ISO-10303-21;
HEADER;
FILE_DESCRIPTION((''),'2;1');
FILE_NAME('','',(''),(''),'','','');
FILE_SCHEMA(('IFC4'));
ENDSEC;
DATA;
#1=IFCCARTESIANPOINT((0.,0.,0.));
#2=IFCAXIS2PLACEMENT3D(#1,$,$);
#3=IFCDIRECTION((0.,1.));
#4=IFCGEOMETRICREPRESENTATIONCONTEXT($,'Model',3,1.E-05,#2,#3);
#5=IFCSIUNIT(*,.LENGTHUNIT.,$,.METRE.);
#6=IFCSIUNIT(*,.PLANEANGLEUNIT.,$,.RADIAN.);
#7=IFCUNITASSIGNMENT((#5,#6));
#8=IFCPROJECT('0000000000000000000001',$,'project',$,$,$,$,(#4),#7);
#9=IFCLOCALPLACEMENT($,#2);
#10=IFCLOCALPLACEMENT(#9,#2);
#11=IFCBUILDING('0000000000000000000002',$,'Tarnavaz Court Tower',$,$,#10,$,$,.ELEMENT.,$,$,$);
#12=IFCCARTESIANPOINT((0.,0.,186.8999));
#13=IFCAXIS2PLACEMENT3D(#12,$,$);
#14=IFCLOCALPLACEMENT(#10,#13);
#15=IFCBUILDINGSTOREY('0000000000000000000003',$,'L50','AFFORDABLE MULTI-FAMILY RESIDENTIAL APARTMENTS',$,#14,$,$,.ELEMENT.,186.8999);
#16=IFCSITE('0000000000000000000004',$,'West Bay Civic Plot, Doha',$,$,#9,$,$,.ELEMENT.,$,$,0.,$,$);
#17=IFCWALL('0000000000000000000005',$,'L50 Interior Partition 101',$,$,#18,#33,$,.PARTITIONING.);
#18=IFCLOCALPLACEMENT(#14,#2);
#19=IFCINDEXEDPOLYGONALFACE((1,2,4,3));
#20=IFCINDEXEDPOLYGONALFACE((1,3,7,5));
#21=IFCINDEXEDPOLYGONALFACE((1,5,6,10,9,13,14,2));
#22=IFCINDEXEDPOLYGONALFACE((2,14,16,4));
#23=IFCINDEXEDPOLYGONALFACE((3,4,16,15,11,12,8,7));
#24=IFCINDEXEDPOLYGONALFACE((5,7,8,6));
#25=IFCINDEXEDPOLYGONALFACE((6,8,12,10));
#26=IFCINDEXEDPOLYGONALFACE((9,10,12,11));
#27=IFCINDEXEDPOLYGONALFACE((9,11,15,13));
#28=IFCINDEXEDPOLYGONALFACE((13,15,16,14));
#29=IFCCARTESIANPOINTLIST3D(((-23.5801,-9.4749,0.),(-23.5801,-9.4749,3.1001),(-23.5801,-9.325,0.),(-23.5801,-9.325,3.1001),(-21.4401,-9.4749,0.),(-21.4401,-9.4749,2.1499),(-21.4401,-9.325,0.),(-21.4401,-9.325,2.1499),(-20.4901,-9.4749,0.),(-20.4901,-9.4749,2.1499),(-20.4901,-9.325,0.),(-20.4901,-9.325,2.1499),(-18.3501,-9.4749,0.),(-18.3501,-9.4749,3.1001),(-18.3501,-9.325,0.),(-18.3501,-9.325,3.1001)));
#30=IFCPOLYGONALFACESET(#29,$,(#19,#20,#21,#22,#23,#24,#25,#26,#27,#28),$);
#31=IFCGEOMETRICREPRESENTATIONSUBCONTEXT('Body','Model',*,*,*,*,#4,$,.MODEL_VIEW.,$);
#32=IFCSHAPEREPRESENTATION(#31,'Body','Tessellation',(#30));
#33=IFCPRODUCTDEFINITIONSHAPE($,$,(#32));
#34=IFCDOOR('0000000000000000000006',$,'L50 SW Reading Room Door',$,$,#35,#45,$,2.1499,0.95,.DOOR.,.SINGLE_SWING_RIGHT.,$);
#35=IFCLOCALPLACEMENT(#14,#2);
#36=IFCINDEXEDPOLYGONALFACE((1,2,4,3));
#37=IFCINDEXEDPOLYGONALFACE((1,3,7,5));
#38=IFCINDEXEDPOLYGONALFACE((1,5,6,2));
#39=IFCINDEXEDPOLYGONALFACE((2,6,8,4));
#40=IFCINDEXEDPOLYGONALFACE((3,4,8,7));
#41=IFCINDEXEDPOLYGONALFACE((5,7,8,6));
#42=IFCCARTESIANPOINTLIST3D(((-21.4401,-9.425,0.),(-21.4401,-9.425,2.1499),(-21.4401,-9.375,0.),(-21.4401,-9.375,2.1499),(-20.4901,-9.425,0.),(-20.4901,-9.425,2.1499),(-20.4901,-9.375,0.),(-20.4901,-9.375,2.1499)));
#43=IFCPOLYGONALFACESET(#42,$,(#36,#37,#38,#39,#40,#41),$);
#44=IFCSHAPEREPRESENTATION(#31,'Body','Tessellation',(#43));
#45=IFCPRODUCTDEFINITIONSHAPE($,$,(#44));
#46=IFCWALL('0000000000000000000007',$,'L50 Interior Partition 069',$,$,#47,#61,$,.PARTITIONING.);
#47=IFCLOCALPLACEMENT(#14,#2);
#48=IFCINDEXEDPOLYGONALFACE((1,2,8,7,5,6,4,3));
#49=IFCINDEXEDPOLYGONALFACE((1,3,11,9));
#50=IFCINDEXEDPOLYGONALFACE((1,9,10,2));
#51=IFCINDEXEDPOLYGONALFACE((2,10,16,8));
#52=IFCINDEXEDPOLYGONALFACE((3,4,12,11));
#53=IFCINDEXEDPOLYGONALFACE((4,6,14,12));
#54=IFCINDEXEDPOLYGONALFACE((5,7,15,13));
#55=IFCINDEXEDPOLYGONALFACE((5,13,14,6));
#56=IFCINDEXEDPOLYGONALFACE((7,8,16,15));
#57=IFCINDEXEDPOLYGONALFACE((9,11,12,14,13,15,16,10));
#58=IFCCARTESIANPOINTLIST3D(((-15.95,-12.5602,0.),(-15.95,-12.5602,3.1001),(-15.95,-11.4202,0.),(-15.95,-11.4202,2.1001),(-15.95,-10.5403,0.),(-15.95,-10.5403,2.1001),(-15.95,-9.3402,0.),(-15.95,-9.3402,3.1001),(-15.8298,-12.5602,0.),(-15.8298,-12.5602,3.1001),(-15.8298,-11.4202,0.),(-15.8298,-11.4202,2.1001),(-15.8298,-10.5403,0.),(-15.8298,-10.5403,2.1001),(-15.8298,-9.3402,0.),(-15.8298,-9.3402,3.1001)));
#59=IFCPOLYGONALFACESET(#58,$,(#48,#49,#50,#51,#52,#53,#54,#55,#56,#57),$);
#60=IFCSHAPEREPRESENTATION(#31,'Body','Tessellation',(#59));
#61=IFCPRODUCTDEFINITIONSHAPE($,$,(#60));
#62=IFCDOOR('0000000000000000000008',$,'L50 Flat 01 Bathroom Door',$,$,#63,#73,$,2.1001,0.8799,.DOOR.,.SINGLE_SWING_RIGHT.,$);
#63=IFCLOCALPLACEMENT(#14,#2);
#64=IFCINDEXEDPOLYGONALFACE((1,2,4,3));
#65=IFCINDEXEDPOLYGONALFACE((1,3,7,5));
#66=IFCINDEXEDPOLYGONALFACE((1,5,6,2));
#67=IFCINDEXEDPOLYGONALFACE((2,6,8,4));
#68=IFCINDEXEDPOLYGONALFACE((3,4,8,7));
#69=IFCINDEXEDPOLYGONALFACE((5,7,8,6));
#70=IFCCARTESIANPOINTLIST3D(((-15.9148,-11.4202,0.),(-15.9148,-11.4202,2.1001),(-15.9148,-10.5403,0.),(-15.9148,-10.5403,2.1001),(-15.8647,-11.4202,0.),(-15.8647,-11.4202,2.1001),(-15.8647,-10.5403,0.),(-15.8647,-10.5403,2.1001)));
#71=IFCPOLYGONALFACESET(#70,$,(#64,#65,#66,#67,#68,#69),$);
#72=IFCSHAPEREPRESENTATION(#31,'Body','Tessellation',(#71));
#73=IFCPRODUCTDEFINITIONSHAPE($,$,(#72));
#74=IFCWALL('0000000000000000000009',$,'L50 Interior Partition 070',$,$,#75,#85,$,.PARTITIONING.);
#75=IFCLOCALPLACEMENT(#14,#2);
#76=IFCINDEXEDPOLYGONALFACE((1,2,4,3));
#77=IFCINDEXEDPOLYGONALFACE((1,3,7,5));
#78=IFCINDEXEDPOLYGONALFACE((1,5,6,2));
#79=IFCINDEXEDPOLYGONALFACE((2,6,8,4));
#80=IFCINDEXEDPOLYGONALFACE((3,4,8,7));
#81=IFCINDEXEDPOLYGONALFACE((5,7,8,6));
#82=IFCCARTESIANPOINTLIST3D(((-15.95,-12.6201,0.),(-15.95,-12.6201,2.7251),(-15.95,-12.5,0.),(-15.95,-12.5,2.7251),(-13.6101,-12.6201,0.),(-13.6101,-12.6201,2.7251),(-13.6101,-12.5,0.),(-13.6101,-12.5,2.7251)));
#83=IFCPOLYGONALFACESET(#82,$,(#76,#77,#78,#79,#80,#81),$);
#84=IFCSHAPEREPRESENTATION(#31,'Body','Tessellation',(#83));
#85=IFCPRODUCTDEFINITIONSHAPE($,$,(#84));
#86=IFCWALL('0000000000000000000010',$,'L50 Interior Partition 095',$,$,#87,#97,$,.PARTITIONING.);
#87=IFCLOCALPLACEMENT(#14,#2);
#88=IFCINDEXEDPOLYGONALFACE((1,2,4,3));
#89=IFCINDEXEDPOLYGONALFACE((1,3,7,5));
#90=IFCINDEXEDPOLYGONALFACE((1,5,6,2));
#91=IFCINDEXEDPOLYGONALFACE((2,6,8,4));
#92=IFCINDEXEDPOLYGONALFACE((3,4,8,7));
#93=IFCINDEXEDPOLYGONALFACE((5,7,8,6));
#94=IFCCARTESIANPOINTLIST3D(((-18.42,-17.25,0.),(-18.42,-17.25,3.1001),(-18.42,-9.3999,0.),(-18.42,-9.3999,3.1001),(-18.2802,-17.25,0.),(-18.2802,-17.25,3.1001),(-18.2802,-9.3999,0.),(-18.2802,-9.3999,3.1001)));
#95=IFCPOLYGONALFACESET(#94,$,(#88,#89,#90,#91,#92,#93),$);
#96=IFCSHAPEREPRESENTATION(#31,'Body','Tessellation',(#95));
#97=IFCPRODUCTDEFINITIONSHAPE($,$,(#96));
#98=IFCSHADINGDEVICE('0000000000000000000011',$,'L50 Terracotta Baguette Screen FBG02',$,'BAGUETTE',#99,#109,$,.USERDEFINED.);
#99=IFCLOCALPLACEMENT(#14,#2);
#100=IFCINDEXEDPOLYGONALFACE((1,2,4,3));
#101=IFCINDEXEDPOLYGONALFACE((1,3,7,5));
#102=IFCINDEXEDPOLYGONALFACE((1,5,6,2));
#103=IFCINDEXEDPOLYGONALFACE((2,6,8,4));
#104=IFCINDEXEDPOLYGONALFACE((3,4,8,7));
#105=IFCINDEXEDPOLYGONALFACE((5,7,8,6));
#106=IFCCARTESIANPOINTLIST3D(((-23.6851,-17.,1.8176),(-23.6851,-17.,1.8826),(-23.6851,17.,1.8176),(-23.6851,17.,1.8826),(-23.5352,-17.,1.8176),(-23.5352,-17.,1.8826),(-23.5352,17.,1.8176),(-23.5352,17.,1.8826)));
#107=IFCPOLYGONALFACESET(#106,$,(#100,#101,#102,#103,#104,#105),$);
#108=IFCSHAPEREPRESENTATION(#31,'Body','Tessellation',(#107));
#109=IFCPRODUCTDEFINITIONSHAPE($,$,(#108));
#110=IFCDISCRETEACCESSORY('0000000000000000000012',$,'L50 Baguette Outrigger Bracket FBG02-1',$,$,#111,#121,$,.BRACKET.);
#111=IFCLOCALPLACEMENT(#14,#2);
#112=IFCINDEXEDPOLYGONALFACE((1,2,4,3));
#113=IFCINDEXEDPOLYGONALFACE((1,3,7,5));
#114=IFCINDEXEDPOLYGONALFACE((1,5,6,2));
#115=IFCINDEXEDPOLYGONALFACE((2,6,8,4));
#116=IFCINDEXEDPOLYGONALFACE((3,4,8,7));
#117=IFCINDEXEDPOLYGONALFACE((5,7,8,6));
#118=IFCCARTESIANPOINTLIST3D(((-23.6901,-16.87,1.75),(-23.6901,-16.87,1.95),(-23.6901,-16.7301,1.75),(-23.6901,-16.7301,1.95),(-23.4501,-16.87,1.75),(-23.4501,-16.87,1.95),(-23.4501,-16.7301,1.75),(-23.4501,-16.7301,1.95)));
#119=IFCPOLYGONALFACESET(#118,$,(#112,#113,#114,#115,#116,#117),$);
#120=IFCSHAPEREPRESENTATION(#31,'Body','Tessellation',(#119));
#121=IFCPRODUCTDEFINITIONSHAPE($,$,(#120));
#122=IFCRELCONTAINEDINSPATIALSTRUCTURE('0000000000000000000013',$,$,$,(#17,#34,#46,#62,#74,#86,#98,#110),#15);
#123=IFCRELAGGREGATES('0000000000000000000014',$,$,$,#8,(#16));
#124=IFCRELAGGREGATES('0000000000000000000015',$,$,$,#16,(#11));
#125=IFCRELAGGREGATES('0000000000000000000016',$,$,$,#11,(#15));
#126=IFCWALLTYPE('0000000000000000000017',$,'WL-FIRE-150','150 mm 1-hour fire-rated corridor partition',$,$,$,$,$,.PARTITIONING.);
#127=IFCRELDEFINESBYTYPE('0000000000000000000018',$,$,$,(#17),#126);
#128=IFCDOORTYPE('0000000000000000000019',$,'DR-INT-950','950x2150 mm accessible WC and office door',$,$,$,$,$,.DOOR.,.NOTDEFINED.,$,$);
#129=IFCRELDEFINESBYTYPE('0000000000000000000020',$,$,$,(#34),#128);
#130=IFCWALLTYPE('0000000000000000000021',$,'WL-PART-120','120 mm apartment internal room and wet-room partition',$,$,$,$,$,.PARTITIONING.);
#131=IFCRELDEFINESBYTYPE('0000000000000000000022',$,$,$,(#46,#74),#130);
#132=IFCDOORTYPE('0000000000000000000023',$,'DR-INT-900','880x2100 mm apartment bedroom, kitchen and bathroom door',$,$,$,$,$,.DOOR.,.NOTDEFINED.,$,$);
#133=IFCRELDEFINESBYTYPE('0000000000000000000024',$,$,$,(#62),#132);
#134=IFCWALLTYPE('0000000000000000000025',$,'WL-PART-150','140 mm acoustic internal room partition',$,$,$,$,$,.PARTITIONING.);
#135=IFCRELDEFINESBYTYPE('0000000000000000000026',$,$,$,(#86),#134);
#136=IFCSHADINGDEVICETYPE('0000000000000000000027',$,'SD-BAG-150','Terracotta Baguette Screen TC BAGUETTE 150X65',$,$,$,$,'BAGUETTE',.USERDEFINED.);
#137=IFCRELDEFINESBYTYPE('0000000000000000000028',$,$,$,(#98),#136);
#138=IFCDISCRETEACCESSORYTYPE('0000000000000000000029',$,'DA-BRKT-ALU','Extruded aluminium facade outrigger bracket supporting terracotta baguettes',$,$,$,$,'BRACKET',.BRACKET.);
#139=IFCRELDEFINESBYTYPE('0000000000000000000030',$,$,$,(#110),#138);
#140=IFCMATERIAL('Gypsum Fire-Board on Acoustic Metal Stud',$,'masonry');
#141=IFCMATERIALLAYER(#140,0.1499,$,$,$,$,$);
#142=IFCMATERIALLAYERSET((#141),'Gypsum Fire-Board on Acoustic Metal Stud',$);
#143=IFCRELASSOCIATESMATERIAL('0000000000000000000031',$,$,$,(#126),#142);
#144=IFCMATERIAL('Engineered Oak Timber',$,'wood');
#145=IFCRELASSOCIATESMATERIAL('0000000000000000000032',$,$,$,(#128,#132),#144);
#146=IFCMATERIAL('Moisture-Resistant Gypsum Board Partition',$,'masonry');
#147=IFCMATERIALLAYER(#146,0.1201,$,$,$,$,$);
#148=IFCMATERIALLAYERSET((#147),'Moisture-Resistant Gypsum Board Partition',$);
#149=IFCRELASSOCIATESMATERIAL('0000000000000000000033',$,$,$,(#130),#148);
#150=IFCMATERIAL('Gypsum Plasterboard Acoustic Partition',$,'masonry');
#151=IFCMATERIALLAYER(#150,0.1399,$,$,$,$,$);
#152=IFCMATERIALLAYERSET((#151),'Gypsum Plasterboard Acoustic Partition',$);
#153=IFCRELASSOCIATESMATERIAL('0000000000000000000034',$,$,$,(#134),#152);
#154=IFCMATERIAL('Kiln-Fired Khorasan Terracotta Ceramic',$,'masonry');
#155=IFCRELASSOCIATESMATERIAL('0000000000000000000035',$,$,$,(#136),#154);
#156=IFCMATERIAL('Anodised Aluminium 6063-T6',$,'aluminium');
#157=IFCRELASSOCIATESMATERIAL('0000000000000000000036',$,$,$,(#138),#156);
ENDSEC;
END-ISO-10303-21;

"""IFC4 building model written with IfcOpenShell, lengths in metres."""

from ifc_helpers import new_model, si_unit, direction, frame, frame_2d, origin, origin_2d, place, context, subcontext, project, spatial, rectangle, extrude, material, layer, layer_set, material_profile, profile_set, type_object, element, fill, save


model = new_model("IFC4")

# Units and contexts
model_context = context("Model", 3, precision=1e-05, world=origin(), true_north=direction((0.0, 1.0)))
body_context = subcontext(model_context, "Body", "Model", "MODEL_VIEW")
ifc_project = project(units=[si_unit("LENGTHUNIT", "METRE"), si_unit("PLANEANGLEUNIT", "RADIAN")], contexts=[model_context])

# Site, building, storey
site_placement = place(None, origin())
site = spatial("IfcSite", under=ifc_project, at=site_placement, Name="West Bay Civic Plot, Doha", CompositionType="ELEMENT", RefElevation=0.0)
building_placement = place(site_placement, origin())
building = spatial("IfcBuilding", under=site, at=building_placement, Name="Tarnavaz Court Tower", CompositionType="ELEMENT")
storey_placement = place(building_placement, frame((0.0, 0.0, 186.8999)))
storey = spatial("IfcBuildingStorey", under=building, at=storey_placement, Name="L50", Description="AFFORDABLE MULTI-FAMILY RESIDENTIAL APARTMENTS", CompositionType="ELEMENT", Elevation=186.8999)

# Shared definitions
ifc_material_1 = material(Name="Gypsum Fire-Board on Acoustic Metal Stud", Category="masonry")
ifc_layer_1 = layer(ifc_material_1, 0.1499)
ifc_layer_set_1 = layer_set([ifc_layer_1], Name="Gypsum Fire-Board on Acoustic Metal Stud")
wall_type_1 = type_object("IfcWallType", Name="WL-FIRE-150", Description="150 mm 1-hour fire-rated corridor partition", PredefinedType="PARTITIONING", material=ifc_layer_set_1)

# Walls, openings, doors
wall_1_placement = place(storey_placement, frame((-23.5801, -9.3999, 0.0), z_axis=(0.0, 0.0, 1.0), x_axis=(1.0, 0.0, 0.0)))
wall_1 = element("IfcWall", 1, at=wall_1_placement, inside=storey, type_object=wall_type_1, Name="L50 Interior Partition 101", PredefinedType="PARTITIONING", context=body_context, shape_type="SweptSolid", body=[
    extrude(rectangle(XDim=5.23, YDim=0.1499, at=frame_2d((2.615, 0.0))), origin(), (0.0, 0.0, 1.0), 3.1001),
])
opening_1_placement = place(wall_1_placement, frame((2.1399, 0.0, 0.0)))
opening_1 = element("IfcOpeningElement", 2, at=opening_1_placement, cuts=wall_1, PredefinedType="OPENING", context=body_context, shape_type="SweptSolid", body=[
    extrude(rectangle(XDim=0.95, YDim=2.1499, at=frame_2d((0.4751, 1.075))), frame((0.0, 0.085, 0.0), z_axis=(0.0, -1.0, 0.0), x_axis=(1.0, 0.0, 0.0)), (0.0, 0.0, 1.0), 0.1699),
])
ifc_material_2 = material(Name="Engineered Oak Timber", Category="wood")
door_type_1 = type_object("IfcDoorType", Name="DR-INT-950", Description="950x2150 mm accessible WC and office door", OperationType="NOTDEFINED", PredefinedType="DOOR", material=ifc_material_2)
door_1_placement = place(opening_1_placement, origin())
door_1 = element("IfcDoor", 3, at=door_1_placement, inside=storey, type_object=door_type_1, Name="L50 SW Reading Room Door", OperationType="SINGLE_SWING_RIGHT", OverallHeight=2.1499, OverallWidth=0.95, PredefinedType="DOOR", context=body_context, shape_type="SweptSolid", body=[
    extrude(rectangle(XDim=0.95, YDim=2.1499, at=frame_2d((0.4751, 1.075))), frame((0.0, 0.0249, 0.0), z_axis=(0.0, -1.0, 0.0), x_axis=(1.0, 0.0, 0.0)), (0.0, 0.0, 1.0), 0.05),
])
fill(opening_1, door_1)
ifc_material_3 = material(Name="Moisture-Resistant Gypsum Board Partition", Category="masonry")
ifc_layer_2 = layer(ifc_material_3, 0.1201)
ifc_layer_set_2 = layer_set([ifc_layer_2], Name="Moisture-Resistant Gypsum Board Partition")
wall_type_2 = type_object("IfcWallType", Name="WL-PART-120", Description="120 mm apartment internal room and wet-room partition", PredefinedType="PARTITIONING", material=ifc_layer_set_2)
wall_2_placement = place(storey_placement, frame((-15.8899, -12.5601, 0.0), z_axis=(0.0, 0.0, 1.0), x_axis=(0.0, 1.0, 0.0)))
wall_2 = element("IfcWall", 4, at=wall_2_placement, inside=storey, type_object=wall_type_2, Name="L50 Interior Partition 069", PredefinedType="PARTITIONING", context=body_context, shape_type="SweptSolid", body=[
    extrude(rectangle(XDim=3.22, YDim=0.1201, at=frame_2d((1.6099, 0.0))), origin(), (0.0, 0.0, 1.0), 3.1001),
])
opening_2_placement = place(wall_2_placement, frame((1.1399, 0.0, 0.0)))
opening_2 = element("IfcOpeningElement", 5, at=opening_2_placement, cuts=wall_2, PredefinedType="OPENING", context=body_context, shape_type="SweptSolid", body=[
    extrude(rectangle(XDim=0.8799, YDim=2.1001, at=frame_2d((0.4399, 1.05))), frame((0.0, 0.0701, 0.0), z_axis=(0.0, -1.0, 0.0), x_axis=(1.0, 0.0, 0.0)), (0.0, 0.0, 1.0), 0.1401),
])
door_type_2 = type_object("IfcDoorType", Name="DR-INT-900", Description="880x2100 mm apartment bedroom, kitchen and bathroom door", OperationType="NOTDEFINED", PredefinedType="DOOR", material=ifc_material_2)
door_2_placement = place(opening_2_placement, origin())
door_2 = element("IfcDoor", 6, at=door_2_placement, inside=storey, type_object=door_type_2, Name="L50 Flat 01 Bathroom Door", OperationType="SINGLE_SWING_RIGHT", OverallHeight=2.1001, OverallWidth=0.8799, PredefinedType="DOOR", context=body_context, shape_type="SweptSolid", body=[
    extrude(rectangle(XDim=0.8799, YDim=2.1001, at=frame_2d((0.4399, 1.05))), frame((0.0, 0.0249, 0.0), z_axis=(0.0, -1.0, 0.0), x_axis=(1.0, 0.0, 0.0)), (0.0, 0.0, 1.0), 0.05),
])
fill(opening_2, door_2)

# Walls
wall_3_placement = place(storey_placement, frame((-15.95, -12.5601, 0.0), z_axis=(0.0, 0.0, 1.0), x_axis=(1.0, 0.0, 0.0)))
element("IfcWall", 7, at=wall_3_placement, inside=storey, type_object=wall_type_2, Name="L50 Interior Partition 070", PredefinedType="PARTITIONING", context=body_context, shape_type="SweptSolid", body=[
    extrude(rectangle(XDim=2.3398, YDim=0.1201, at=frame_2d((1.1699, 0.0))), origin(), (0.0, 0.0, 1.0), 2.7251),
])
ifc_material_4 = material(Name="Gypsum Plasterboard Acoustic Partition", Category="masonry")
ifc_layer_3 = layer(ifc_material_4, 0.1399)
ifc_layer_set_3 = layer_set([ifc_layer_3], Name="Gypsum Plasterboard Acoustic Partition")
wall_type_3 = type_object("IfcWallType", Name="WL-PART-150", Description="140 mm acoustic internal room partition", PredefinedType="PARTITIONING", material=ifc_layer_set_3)
wall_4_placement = place(storey_placement, frame((-18.3501, -17.25, 0.0), z_axis=(0.0, 0.0, 1.0), x_axis=(0.0, 1.0, 0.0)))
element("IfcWall", 8, at=wall_4_placement, inside=storey, type_object=wall_type_3, Name="L50 Interior Partition 095", PredefinedType="PARTITIONING", context=body_context, shape_type="SweptSolid", body=[
    extrude(rectangle(XDim=7.8501, YDim=0.1399, at=frame_2d((3.925, 0.0))), origin(), (0.0, 0.0, 1.0), 3.1001),
])

# Shading device
ifc_material_5 = material(Name="Kiln-Fired Khorasan Terracotta Ceramic", Category="masonry")
ifc_material_profile_1 = material_profile(ifc_material_5, rectangle(XDim=0.1499, YDim=0.0649, at=origin_2d()), Name="TC BAGUETTE 150X65")
ifc_profile_set_1 = profile_set([ifc_material_profile_1], Name="Kiln-Fired Khorasan Terracotta Ceramic")
shading_device_type = type_object("IfcShadingDeviceType", Name="SD-BAG-150", Description="Terracotta Baguette Screen TC BAGUETTE 150X65", ElementType="BAGUETTE", PredefinedType="USERDEFINED", material=ifc_profile_set_1)
shading_device_placement = place(storey_placement, frame((-23.6101, -17.0, 1.8501), z_axis=(0.0, 1.0, 0.0), x_axis=(-1.0, 0.0, 0.0)))
element("IfcShadingDevice", 9, at=shading_device_placement, inside=storey, type_object=shading_device_type, Name="L50 Terracotta Baguette Screen FBG02", ObjectType="BAGUETTE", PredefinedType="USERDEFINED", context=body_context, shape_type="SweptSolid", body=[
    extrude(rectangle(XDim=0.1499, YDim=0.0649, at=origin_2d()), origin(), (0.0, 0.0, 1.0), 34.0),
])

# Discrete accessory
ifc_material_6 = material(Name="Anodised Aluminium 6063-T6", Category="aluminium")
discrete_accessory_type = type_object("IfcDiscreteAccessoryType", Name="DA-BRKT-ALU", Description="Extruded aluminium facade outrigger bracket supporting terracotta baguettes", ElementType="BRACKET", PredefinedType="BRACKET", material=ifc_material_6)
discrete_accessory_placement = place(storey_placement, frame((-23.5701, -16.8, 1.75), z_axis=(0.0, 0.0, 1.0), x_axis=(0.0, 1.0, 0.0)))
element("IfcDiscreteAccessory", 10, at=discrete_accessory_placement, inside=storey, type_object=discrete_accessory_type, Name="L50 Baguette Outrigger Bracket FBG02-1", PredefinedType="BRACKET", context=body_context, shape_type="SweptSolid", body=[
    extrude(rectangle(XDim=0.1399, YDim=0.24, at=origin_2d()), origin(), (0.0, 0.0, 1.0), 0.2),
])

save(model, "model.ifc")
